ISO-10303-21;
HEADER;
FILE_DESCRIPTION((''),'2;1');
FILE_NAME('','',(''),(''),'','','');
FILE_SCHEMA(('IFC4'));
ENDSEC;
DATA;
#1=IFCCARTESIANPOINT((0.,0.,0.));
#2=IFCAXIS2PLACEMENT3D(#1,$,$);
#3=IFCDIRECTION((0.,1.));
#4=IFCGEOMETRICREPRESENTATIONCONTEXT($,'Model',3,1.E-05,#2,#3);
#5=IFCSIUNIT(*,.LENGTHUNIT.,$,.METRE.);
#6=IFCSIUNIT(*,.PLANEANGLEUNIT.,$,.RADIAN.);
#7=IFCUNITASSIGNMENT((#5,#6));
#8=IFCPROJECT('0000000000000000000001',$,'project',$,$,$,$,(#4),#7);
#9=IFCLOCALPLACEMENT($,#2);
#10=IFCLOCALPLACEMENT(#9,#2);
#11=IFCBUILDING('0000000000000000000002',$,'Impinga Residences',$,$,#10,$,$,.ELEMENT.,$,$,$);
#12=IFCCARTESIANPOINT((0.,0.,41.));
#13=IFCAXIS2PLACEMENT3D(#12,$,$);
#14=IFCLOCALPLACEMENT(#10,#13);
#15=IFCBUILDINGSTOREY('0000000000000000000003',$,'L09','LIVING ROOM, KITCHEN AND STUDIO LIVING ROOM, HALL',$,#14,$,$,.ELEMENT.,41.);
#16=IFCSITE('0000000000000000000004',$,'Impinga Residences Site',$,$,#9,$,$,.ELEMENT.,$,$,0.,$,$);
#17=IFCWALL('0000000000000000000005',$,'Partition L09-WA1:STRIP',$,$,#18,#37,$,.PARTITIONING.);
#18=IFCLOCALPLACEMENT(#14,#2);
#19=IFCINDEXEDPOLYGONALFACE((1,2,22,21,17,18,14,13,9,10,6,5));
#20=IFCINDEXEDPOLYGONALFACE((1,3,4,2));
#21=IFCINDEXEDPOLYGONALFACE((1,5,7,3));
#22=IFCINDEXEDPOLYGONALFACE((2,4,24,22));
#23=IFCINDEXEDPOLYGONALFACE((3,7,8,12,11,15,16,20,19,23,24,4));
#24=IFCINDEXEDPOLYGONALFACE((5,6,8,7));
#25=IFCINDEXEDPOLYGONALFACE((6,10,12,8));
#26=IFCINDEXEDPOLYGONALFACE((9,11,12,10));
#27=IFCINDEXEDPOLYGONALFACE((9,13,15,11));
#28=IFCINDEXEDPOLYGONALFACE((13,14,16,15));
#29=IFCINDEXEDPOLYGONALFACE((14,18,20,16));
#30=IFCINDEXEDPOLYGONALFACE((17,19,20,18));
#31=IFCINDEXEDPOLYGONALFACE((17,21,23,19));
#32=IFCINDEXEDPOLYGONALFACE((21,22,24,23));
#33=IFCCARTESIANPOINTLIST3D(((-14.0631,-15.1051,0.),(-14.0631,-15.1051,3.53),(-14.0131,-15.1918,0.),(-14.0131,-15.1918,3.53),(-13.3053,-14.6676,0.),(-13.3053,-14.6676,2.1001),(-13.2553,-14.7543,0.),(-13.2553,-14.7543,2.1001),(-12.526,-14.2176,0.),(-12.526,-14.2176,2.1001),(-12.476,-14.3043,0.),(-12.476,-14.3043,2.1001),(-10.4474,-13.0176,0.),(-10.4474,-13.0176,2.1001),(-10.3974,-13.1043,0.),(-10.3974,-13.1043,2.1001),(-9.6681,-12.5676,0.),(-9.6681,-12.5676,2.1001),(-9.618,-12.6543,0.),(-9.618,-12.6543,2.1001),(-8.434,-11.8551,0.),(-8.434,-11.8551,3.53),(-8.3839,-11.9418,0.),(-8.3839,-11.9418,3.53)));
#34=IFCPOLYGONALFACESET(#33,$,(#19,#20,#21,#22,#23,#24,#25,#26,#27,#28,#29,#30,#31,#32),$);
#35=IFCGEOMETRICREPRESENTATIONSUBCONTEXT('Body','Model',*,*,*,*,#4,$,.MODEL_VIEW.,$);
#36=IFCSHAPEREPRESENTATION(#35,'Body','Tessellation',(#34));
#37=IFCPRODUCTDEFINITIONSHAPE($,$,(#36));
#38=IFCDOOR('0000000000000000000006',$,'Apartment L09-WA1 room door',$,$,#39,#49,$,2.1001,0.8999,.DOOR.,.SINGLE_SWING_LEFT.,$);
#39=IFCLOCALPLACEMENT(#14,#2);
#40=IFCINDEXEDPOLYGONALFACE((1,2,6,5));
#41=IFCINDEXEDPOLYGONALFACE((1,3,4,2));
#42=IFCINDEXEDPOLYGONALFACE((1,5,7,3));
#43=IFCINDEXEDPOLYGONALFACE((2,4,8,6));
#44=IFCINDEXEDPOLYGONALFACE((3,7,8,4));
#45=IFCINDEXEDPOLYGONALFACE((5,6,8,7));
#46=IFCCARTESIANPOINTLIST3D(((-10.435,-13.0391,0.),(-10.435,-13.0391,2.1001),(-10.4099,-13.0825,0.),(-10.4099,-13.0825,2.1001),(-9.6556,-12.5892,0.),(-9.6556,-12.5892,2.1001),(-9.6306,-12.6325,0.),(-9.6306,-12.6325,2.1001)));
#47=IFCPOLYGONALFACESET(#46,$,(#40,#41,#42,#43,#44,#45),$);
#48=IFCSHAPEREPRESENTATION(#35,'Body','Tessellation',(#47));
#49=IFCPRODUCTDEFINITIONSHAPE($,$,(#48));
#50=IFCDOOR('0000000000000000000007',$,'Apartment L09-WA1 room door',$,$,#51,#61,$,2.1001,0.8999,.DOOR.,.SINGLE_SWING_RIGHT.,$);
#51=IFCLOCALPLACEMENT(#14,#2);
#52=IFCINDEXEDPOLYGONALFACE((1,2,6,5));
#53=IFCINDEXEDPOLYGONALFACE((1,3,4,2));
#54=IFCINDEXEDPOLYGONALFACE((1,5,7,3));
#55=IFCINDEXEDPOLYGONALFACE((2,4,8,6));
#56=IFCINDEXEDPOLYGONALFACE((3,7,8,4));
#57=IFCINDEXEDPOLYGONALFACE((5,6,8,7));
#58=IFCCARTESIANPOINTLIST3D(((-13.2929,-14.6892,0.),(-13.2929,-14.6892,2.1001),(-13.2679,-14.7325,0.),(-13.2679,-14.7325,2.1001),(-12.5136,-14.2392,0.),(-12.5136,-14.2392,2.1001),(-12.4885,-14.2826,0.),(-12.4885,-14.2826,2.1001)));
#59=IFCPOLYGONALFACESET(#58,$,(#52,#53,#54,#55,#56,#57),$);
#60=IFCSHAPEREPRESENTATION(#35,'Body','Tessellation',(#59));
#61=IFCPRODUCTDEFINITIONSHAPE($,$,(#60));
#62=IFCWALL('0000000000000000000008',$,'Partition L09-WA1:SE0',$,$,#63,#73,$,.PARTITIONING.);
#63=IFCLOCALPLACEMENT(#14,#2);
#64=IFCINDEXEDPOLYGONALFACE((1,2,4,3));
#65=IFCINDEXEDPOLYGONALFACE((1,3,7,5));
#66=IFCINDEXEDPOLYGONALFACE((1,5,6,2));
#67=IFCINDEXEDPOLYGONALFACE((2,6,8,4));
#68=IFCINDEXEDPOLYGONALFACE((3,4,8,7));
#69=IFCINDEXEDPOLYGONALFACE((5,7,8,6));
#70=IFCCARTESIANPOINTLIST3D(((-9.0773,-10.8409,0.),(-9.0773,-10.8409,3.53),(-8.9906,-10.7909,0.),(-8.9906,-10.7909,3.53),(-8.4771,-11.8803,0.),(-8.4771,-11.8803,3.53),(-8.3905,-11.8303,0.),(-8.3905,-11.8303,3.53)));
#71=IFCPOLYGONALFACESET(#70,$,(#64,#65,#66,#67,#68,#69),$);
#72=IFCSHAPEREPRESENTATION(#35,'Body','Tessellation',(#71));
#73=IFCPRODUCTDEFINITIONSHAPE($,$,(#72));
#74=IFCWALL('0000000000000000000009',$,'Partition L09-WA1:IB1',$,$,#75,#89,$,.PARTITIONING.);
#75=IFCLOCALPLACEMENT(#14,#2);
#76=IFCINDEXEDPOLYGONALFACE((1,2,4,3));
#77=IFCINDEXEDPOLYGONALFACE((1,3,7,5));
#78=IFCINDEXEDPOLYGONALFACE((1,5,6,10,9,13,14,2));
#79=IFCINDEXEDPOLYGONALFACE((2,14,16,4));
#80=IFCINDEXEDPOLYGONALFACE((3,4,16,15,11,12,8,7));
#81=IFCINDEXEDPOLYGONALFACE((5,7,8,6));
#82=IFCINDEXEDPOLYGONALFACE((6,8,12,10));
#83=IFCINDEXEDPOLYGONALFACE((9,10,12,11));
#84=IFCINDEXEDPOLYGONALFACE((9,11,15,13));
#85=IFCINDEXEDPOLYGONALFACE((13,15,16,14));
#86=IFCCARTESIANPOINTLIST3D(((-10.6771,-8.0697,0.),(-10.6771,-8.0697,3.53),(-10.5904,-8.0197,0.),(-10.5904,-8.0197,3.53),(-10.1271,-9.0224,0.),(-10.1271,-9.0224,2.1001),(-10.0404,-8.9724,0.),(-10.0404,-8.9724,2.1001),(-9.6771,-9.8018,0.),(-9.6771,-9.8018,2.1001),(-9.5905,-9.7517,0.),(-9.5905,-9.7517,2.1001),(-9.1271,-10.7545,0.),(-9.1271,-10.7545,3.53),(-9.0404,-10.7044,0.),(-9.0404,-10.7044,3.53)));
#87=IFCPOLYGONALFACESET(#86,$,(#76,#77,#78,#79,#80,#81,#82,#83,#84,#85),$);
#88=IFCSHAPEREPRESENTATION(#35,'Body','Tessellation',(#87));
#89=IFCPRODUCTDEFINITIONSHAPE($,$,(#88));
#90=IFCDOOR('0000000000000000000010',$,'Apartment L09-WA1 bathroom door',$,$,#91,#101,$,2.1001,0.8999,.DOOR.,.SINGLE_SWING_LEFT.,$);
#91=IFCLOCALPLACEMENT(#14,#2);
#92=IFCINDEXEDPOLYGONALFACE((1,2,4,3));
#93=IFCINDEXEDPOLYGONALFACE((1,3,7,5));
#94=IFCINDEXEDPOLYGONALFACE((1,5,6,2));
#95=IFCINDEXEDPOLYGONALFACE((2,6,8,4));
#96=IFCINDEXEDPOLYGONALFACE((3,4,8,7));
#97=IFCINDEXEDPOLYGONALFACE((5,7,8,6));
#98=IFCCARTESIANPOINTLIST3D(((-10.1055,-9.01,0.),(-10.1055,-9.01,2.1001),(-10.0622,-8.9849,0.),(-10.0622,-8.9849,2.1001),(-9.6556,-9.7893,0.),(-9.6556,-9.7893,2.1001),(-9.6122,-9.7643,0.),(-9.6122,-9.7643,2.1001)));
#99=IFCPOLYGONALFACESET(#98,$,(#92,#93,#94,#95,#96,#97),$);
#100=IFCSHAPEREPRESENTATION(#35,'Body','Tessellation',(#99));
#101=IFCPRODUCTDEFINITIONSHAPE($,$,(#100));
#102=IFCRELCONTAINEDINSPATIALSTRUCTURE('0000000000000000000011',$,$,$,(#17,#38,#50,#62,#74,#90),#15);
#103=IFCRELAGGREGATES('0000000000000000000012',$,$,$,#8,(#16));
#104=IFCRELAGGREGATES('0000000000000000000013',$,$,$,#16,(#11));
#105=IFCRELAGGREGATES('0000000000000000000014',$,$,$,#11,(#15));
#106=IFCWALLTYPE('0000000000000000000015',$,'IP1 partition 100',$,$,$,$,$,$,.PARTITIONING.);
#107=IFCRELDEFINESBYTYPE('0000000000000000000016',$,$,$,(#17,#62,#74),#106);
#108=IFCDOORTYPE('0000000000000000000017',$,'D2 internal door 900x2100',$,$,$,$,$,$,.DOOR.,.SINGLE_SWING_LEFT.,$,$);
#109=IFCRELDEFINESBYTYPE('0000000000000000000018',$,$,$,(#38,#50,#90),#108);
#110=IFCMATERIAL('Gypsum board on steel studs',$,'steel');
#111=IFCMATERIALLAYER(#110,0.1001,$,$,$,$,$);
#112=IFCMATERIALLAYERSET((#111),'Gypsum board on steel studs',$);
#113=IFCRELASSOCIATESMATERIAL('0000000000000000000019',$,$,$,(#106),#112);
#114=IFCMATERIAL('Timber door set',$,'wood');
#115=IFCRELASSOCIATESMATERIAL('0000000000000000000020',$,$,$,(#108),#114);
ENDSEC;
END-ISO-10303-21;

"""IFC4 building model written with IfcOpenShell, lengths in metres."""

from ifc_helpers import new_model, si_unit, direction, frame, frame_2d, origin, place, context, subcontext, project, spatial, rectangle, extrude, material, layer, layer_set, type_object, element, fill, save


model = new_model("IFC4")

# Units and contexts
model_context = context("Model", 3, precision=1e-05, world=origin(), true_north=direction((0.0, 1.0)))
body_context = subcontext(model_context, "Body", "Model", "MODEL_VIEW")
ifc_project = project(units=[si_unit("LENGTHUNIT", "METRE"), si_unit("PLANEANGLEUNIT", "RADIAN")], contexts=[model_context])

# Site, building, storey
site_placement = place(None, origin())
site = spatial("IfcSite", under=ifc_project, at=site_placement, Name="Impinga Residences Site", CompositionType="ELEMENT", RefElevation=0.0)
building_placement = place(site_placement, origin())
building = spatial("IfcBuilding", under=site, at=building_placement, Name="Impinga Residences", CompositionType="ELEMENT")
storey_placement = place(building_placement, frame((0.0, 0.0, 41.0)))
storey = spatial("IfcBuildingStorey", under=building, at=storey_placement, Name="L09", Description="LIVING ROOM, KITCHEN AND STUDIO LIVING ROOM, HALL", CompositionType="ELEMENT", Elevation=41.0)

# Shared definitions
ifc_material_1 = material(Name="Timber door set", Category="wood")

# Shared definitions
ifc_material_2 = material(Name="Gypsum board on steel studs", Category="steel")
ifc_layer_1 = layer(ifc_material_2, 0.1001)
ifc_layer_set_1 = layer_set([ifc_layer_1], Name="Gypsum board on steel studs")
wall_type_1 = type_object("IfcWallType", Name="IP1 partition 100", PredefinedType="PARTITIONING", material=ifc_layer_set_1)

# Wall, openings, doors
wall_1_placement = place(storey_placement, frame((-8.4089, -11.8984, 0.0), z_axis=(0.0, 0.0, 1.0), x_axis=(-0.866025, -0.500001, 0.0)))
wall_1 = element("IfcWall", 1, at=wall_1_placement, inside=storey, type_object=wall_type_1, Name="Partition L09-WA1:STRIP", PredefinedType="PARTITIONING", context=body_context, shape_type="SweptSolid", body=[
    extrude(rectangle(XDim=6.5, YDim=0.1001, at=frame_2d((3.25, 0.0))), origin(), (0.0, 0.0, 1.0), 3.53),
])
opening_1_placement = place(wall_1_placement, frame((1.425, 0.0, 0.0)))
opening_1 = element("IfcOpeningElement", 2, at=opening_1_placement, cuts=wall_1, PredefinedType="OPENING", context=body_context, shape_type="SweptSolid", body=[
    extrude(rectangle(XDim=0.8999, YDim=2.1001, at=frame_2d((0.45, 1.05))), frame((0.0, 0.0601, 0.0), z_axis=(0.0, -1.0, 0.0), x_axis=(1.0, 0.0, 0.0)), (0.0, 0.0, 1.0), 0.1201),
])
opening_2_placement = place(wall_1_placement, frame((4.7251, 0.0, 0.0)))
opening_2 = element("IfcOpeningElement", 3, at=opening_2_placement, cuts=wall_1, PredefinedType="OPENING", context=body_context, shape_type="SweptSolid", body=[
    extrude(rectangle(XDim=0.8999, YDim=2.1001, at=frame_2d((0.45, 1.05))), frame((0.0, 0.0601, 0.0), z_axis=(0.0, -1.0, 0.0), x_axis=(1.0, 0.0, 0.0)), (0.0, 0.0, 1.0), 0.1201),
])
door_type_1 = type_object("IfcDoorType", Name="D2 internal door 900x2100", OperationType="SINGLE_SWING_LEFT", PredefinedType="DOOR", material=ifc_material_1)
door_1_placement = place(opening_1_placement, origin())
door_1 = element("IfcDoor", 4, at=door_1_placement, inside=storey, type_object=door_type_1, Name="Apartment L09-WA1 room door", OperationType="SINGLE_SWING_LEFT", OverallHeight=2.1001, OverallWidth=0.8999, PredefinedType="DOOR", context=body_context, shape_type="SweptSolid", body=[
    extrude(rectangle(XDim=0.8999, YDim=2.1001, at=frame_2d((0.45, 1.05))), frame((0.0, 0.0249, 0.0), z_axis=(0.0, -1.0, 0.0), x_axis=(1.0, 0.0, 0.0)), (0.0, 0.0, 1.0), 0.05),
])
fill(opening_1, door_1)
door_2_placement = place(opening_2_placement, origin())
door_2 = element("IfcDoor", 5, at=door_2_placement, inside=storey, type_object=door_type_1, Name="Apartment L09-WA1 room door", OperationType="SINGLE_SWING_RIGHT", OverallHeight=2.1001, OverallWidth=0.8999, PredefinedType="DOOR", context=body_context, shape_type="SweptSolid", body=[
    extrude(rectangle(XDim=0.8999, YDim=2.1001, at=frame_2d((0.45, 1.05))), frame((0.0, 0.0249, 0.0), z_axis=(0.0, -1.0, 0.0), x_axis=(1.0, 0.0, 0.0)), (0.0, 0.0, 1.0), 0.05),
])
fill(opening_2, door_2)

# Wall
wall_2_placement = place(storey_placement, frame((-9.0339, -10.8159, 0.0), z_axis=(0.0, 0.0, 1.0), x_axis=(0.500034, -0.866006, 0.0)))
element("IfcWall", 6, at=wall_2_placement, inside=storey, type_object=wall_type_1, Name="Partition L09-WA1:SE0", PredefinedType="PARTITIONING", context=body_context, shape_type="SweptSolid", body=[
    extrude(rectangle(XDim=1.2002, YDim=0.1001, at=frame_2d((0.6001, 0.0))), origin(), (0.0, 0.0, 1.0), 3.53),
])

# Wall, opening, door
wall_3_placement = place(storey_placement, frame((-10.6338, -8.0447, 0.0), z_axis=(0.0, 0.0, 1.0), x_axis=(0.499993, -0.86603, 0.0)))
wall_3 = element("IfcWall", 7, at=wall_3_placement, inside=storey, type_object=wall_type_1, Name="Partition L09-WA1:IB1", PredefinedType="PARTITIONING", context=body_context, shape_type="SweptSolid", body=[
    extrude(rectangle(XDim=3.1001, YDim=0.1001, at=frame_2d((1.55, 0.0))), origin(), (0.0, 0.0, 1.0), 3.53),
])
opening_3_placement = place(wall_3_placement, frame((1.1001, 0.0, 0.0)))
opening_3 = element("IfcOpeningElement", 8, at=opening_3_placement, cuts=wall_3, PredefinedType="OPENING", context=body_context, shape_type="SweptSolid", body=[
    extrude(rectangle(XDim=0.8999, YDim=2.1001, at=frame_2d((0.45, 1.05))), frame((0.0, 0.0601, 0.0), z_axis=(0.0, -1.0, 0.0), x_axis=(1.0, 0.0, 0.0)), (0.0, 0.0, 1.0), 0.1201),
])
door_3_placement = place(opening_3_placement, origin())
door_3 = element("IfcDoor", 9, at=door_3_placement, inside=storey, type_object=door_type_1, Name="Apartment L09-WA1 bathroom door", OperationType="SINGLE_SWING_LEFT", OverallHeight=2.1001, OverallWidth=0.8999, PredefinedType="DOOR", context=body_context, shape_type="SweptSolid", body=[
    extrude(rectangle(XDim=0.8999, YDim=2.1001, at=frame_2d((0.45, 1.05))), frame((0.0, 0.0249, 0.0), z_axis=(0.0, -1.0, 0.0), x_axis=(1.0, 0.0, 0.0)), (0.0, 0.0, 1.0), 0.05),
])
fill(opening_3, door_3)

save(model, "model.ifc")
